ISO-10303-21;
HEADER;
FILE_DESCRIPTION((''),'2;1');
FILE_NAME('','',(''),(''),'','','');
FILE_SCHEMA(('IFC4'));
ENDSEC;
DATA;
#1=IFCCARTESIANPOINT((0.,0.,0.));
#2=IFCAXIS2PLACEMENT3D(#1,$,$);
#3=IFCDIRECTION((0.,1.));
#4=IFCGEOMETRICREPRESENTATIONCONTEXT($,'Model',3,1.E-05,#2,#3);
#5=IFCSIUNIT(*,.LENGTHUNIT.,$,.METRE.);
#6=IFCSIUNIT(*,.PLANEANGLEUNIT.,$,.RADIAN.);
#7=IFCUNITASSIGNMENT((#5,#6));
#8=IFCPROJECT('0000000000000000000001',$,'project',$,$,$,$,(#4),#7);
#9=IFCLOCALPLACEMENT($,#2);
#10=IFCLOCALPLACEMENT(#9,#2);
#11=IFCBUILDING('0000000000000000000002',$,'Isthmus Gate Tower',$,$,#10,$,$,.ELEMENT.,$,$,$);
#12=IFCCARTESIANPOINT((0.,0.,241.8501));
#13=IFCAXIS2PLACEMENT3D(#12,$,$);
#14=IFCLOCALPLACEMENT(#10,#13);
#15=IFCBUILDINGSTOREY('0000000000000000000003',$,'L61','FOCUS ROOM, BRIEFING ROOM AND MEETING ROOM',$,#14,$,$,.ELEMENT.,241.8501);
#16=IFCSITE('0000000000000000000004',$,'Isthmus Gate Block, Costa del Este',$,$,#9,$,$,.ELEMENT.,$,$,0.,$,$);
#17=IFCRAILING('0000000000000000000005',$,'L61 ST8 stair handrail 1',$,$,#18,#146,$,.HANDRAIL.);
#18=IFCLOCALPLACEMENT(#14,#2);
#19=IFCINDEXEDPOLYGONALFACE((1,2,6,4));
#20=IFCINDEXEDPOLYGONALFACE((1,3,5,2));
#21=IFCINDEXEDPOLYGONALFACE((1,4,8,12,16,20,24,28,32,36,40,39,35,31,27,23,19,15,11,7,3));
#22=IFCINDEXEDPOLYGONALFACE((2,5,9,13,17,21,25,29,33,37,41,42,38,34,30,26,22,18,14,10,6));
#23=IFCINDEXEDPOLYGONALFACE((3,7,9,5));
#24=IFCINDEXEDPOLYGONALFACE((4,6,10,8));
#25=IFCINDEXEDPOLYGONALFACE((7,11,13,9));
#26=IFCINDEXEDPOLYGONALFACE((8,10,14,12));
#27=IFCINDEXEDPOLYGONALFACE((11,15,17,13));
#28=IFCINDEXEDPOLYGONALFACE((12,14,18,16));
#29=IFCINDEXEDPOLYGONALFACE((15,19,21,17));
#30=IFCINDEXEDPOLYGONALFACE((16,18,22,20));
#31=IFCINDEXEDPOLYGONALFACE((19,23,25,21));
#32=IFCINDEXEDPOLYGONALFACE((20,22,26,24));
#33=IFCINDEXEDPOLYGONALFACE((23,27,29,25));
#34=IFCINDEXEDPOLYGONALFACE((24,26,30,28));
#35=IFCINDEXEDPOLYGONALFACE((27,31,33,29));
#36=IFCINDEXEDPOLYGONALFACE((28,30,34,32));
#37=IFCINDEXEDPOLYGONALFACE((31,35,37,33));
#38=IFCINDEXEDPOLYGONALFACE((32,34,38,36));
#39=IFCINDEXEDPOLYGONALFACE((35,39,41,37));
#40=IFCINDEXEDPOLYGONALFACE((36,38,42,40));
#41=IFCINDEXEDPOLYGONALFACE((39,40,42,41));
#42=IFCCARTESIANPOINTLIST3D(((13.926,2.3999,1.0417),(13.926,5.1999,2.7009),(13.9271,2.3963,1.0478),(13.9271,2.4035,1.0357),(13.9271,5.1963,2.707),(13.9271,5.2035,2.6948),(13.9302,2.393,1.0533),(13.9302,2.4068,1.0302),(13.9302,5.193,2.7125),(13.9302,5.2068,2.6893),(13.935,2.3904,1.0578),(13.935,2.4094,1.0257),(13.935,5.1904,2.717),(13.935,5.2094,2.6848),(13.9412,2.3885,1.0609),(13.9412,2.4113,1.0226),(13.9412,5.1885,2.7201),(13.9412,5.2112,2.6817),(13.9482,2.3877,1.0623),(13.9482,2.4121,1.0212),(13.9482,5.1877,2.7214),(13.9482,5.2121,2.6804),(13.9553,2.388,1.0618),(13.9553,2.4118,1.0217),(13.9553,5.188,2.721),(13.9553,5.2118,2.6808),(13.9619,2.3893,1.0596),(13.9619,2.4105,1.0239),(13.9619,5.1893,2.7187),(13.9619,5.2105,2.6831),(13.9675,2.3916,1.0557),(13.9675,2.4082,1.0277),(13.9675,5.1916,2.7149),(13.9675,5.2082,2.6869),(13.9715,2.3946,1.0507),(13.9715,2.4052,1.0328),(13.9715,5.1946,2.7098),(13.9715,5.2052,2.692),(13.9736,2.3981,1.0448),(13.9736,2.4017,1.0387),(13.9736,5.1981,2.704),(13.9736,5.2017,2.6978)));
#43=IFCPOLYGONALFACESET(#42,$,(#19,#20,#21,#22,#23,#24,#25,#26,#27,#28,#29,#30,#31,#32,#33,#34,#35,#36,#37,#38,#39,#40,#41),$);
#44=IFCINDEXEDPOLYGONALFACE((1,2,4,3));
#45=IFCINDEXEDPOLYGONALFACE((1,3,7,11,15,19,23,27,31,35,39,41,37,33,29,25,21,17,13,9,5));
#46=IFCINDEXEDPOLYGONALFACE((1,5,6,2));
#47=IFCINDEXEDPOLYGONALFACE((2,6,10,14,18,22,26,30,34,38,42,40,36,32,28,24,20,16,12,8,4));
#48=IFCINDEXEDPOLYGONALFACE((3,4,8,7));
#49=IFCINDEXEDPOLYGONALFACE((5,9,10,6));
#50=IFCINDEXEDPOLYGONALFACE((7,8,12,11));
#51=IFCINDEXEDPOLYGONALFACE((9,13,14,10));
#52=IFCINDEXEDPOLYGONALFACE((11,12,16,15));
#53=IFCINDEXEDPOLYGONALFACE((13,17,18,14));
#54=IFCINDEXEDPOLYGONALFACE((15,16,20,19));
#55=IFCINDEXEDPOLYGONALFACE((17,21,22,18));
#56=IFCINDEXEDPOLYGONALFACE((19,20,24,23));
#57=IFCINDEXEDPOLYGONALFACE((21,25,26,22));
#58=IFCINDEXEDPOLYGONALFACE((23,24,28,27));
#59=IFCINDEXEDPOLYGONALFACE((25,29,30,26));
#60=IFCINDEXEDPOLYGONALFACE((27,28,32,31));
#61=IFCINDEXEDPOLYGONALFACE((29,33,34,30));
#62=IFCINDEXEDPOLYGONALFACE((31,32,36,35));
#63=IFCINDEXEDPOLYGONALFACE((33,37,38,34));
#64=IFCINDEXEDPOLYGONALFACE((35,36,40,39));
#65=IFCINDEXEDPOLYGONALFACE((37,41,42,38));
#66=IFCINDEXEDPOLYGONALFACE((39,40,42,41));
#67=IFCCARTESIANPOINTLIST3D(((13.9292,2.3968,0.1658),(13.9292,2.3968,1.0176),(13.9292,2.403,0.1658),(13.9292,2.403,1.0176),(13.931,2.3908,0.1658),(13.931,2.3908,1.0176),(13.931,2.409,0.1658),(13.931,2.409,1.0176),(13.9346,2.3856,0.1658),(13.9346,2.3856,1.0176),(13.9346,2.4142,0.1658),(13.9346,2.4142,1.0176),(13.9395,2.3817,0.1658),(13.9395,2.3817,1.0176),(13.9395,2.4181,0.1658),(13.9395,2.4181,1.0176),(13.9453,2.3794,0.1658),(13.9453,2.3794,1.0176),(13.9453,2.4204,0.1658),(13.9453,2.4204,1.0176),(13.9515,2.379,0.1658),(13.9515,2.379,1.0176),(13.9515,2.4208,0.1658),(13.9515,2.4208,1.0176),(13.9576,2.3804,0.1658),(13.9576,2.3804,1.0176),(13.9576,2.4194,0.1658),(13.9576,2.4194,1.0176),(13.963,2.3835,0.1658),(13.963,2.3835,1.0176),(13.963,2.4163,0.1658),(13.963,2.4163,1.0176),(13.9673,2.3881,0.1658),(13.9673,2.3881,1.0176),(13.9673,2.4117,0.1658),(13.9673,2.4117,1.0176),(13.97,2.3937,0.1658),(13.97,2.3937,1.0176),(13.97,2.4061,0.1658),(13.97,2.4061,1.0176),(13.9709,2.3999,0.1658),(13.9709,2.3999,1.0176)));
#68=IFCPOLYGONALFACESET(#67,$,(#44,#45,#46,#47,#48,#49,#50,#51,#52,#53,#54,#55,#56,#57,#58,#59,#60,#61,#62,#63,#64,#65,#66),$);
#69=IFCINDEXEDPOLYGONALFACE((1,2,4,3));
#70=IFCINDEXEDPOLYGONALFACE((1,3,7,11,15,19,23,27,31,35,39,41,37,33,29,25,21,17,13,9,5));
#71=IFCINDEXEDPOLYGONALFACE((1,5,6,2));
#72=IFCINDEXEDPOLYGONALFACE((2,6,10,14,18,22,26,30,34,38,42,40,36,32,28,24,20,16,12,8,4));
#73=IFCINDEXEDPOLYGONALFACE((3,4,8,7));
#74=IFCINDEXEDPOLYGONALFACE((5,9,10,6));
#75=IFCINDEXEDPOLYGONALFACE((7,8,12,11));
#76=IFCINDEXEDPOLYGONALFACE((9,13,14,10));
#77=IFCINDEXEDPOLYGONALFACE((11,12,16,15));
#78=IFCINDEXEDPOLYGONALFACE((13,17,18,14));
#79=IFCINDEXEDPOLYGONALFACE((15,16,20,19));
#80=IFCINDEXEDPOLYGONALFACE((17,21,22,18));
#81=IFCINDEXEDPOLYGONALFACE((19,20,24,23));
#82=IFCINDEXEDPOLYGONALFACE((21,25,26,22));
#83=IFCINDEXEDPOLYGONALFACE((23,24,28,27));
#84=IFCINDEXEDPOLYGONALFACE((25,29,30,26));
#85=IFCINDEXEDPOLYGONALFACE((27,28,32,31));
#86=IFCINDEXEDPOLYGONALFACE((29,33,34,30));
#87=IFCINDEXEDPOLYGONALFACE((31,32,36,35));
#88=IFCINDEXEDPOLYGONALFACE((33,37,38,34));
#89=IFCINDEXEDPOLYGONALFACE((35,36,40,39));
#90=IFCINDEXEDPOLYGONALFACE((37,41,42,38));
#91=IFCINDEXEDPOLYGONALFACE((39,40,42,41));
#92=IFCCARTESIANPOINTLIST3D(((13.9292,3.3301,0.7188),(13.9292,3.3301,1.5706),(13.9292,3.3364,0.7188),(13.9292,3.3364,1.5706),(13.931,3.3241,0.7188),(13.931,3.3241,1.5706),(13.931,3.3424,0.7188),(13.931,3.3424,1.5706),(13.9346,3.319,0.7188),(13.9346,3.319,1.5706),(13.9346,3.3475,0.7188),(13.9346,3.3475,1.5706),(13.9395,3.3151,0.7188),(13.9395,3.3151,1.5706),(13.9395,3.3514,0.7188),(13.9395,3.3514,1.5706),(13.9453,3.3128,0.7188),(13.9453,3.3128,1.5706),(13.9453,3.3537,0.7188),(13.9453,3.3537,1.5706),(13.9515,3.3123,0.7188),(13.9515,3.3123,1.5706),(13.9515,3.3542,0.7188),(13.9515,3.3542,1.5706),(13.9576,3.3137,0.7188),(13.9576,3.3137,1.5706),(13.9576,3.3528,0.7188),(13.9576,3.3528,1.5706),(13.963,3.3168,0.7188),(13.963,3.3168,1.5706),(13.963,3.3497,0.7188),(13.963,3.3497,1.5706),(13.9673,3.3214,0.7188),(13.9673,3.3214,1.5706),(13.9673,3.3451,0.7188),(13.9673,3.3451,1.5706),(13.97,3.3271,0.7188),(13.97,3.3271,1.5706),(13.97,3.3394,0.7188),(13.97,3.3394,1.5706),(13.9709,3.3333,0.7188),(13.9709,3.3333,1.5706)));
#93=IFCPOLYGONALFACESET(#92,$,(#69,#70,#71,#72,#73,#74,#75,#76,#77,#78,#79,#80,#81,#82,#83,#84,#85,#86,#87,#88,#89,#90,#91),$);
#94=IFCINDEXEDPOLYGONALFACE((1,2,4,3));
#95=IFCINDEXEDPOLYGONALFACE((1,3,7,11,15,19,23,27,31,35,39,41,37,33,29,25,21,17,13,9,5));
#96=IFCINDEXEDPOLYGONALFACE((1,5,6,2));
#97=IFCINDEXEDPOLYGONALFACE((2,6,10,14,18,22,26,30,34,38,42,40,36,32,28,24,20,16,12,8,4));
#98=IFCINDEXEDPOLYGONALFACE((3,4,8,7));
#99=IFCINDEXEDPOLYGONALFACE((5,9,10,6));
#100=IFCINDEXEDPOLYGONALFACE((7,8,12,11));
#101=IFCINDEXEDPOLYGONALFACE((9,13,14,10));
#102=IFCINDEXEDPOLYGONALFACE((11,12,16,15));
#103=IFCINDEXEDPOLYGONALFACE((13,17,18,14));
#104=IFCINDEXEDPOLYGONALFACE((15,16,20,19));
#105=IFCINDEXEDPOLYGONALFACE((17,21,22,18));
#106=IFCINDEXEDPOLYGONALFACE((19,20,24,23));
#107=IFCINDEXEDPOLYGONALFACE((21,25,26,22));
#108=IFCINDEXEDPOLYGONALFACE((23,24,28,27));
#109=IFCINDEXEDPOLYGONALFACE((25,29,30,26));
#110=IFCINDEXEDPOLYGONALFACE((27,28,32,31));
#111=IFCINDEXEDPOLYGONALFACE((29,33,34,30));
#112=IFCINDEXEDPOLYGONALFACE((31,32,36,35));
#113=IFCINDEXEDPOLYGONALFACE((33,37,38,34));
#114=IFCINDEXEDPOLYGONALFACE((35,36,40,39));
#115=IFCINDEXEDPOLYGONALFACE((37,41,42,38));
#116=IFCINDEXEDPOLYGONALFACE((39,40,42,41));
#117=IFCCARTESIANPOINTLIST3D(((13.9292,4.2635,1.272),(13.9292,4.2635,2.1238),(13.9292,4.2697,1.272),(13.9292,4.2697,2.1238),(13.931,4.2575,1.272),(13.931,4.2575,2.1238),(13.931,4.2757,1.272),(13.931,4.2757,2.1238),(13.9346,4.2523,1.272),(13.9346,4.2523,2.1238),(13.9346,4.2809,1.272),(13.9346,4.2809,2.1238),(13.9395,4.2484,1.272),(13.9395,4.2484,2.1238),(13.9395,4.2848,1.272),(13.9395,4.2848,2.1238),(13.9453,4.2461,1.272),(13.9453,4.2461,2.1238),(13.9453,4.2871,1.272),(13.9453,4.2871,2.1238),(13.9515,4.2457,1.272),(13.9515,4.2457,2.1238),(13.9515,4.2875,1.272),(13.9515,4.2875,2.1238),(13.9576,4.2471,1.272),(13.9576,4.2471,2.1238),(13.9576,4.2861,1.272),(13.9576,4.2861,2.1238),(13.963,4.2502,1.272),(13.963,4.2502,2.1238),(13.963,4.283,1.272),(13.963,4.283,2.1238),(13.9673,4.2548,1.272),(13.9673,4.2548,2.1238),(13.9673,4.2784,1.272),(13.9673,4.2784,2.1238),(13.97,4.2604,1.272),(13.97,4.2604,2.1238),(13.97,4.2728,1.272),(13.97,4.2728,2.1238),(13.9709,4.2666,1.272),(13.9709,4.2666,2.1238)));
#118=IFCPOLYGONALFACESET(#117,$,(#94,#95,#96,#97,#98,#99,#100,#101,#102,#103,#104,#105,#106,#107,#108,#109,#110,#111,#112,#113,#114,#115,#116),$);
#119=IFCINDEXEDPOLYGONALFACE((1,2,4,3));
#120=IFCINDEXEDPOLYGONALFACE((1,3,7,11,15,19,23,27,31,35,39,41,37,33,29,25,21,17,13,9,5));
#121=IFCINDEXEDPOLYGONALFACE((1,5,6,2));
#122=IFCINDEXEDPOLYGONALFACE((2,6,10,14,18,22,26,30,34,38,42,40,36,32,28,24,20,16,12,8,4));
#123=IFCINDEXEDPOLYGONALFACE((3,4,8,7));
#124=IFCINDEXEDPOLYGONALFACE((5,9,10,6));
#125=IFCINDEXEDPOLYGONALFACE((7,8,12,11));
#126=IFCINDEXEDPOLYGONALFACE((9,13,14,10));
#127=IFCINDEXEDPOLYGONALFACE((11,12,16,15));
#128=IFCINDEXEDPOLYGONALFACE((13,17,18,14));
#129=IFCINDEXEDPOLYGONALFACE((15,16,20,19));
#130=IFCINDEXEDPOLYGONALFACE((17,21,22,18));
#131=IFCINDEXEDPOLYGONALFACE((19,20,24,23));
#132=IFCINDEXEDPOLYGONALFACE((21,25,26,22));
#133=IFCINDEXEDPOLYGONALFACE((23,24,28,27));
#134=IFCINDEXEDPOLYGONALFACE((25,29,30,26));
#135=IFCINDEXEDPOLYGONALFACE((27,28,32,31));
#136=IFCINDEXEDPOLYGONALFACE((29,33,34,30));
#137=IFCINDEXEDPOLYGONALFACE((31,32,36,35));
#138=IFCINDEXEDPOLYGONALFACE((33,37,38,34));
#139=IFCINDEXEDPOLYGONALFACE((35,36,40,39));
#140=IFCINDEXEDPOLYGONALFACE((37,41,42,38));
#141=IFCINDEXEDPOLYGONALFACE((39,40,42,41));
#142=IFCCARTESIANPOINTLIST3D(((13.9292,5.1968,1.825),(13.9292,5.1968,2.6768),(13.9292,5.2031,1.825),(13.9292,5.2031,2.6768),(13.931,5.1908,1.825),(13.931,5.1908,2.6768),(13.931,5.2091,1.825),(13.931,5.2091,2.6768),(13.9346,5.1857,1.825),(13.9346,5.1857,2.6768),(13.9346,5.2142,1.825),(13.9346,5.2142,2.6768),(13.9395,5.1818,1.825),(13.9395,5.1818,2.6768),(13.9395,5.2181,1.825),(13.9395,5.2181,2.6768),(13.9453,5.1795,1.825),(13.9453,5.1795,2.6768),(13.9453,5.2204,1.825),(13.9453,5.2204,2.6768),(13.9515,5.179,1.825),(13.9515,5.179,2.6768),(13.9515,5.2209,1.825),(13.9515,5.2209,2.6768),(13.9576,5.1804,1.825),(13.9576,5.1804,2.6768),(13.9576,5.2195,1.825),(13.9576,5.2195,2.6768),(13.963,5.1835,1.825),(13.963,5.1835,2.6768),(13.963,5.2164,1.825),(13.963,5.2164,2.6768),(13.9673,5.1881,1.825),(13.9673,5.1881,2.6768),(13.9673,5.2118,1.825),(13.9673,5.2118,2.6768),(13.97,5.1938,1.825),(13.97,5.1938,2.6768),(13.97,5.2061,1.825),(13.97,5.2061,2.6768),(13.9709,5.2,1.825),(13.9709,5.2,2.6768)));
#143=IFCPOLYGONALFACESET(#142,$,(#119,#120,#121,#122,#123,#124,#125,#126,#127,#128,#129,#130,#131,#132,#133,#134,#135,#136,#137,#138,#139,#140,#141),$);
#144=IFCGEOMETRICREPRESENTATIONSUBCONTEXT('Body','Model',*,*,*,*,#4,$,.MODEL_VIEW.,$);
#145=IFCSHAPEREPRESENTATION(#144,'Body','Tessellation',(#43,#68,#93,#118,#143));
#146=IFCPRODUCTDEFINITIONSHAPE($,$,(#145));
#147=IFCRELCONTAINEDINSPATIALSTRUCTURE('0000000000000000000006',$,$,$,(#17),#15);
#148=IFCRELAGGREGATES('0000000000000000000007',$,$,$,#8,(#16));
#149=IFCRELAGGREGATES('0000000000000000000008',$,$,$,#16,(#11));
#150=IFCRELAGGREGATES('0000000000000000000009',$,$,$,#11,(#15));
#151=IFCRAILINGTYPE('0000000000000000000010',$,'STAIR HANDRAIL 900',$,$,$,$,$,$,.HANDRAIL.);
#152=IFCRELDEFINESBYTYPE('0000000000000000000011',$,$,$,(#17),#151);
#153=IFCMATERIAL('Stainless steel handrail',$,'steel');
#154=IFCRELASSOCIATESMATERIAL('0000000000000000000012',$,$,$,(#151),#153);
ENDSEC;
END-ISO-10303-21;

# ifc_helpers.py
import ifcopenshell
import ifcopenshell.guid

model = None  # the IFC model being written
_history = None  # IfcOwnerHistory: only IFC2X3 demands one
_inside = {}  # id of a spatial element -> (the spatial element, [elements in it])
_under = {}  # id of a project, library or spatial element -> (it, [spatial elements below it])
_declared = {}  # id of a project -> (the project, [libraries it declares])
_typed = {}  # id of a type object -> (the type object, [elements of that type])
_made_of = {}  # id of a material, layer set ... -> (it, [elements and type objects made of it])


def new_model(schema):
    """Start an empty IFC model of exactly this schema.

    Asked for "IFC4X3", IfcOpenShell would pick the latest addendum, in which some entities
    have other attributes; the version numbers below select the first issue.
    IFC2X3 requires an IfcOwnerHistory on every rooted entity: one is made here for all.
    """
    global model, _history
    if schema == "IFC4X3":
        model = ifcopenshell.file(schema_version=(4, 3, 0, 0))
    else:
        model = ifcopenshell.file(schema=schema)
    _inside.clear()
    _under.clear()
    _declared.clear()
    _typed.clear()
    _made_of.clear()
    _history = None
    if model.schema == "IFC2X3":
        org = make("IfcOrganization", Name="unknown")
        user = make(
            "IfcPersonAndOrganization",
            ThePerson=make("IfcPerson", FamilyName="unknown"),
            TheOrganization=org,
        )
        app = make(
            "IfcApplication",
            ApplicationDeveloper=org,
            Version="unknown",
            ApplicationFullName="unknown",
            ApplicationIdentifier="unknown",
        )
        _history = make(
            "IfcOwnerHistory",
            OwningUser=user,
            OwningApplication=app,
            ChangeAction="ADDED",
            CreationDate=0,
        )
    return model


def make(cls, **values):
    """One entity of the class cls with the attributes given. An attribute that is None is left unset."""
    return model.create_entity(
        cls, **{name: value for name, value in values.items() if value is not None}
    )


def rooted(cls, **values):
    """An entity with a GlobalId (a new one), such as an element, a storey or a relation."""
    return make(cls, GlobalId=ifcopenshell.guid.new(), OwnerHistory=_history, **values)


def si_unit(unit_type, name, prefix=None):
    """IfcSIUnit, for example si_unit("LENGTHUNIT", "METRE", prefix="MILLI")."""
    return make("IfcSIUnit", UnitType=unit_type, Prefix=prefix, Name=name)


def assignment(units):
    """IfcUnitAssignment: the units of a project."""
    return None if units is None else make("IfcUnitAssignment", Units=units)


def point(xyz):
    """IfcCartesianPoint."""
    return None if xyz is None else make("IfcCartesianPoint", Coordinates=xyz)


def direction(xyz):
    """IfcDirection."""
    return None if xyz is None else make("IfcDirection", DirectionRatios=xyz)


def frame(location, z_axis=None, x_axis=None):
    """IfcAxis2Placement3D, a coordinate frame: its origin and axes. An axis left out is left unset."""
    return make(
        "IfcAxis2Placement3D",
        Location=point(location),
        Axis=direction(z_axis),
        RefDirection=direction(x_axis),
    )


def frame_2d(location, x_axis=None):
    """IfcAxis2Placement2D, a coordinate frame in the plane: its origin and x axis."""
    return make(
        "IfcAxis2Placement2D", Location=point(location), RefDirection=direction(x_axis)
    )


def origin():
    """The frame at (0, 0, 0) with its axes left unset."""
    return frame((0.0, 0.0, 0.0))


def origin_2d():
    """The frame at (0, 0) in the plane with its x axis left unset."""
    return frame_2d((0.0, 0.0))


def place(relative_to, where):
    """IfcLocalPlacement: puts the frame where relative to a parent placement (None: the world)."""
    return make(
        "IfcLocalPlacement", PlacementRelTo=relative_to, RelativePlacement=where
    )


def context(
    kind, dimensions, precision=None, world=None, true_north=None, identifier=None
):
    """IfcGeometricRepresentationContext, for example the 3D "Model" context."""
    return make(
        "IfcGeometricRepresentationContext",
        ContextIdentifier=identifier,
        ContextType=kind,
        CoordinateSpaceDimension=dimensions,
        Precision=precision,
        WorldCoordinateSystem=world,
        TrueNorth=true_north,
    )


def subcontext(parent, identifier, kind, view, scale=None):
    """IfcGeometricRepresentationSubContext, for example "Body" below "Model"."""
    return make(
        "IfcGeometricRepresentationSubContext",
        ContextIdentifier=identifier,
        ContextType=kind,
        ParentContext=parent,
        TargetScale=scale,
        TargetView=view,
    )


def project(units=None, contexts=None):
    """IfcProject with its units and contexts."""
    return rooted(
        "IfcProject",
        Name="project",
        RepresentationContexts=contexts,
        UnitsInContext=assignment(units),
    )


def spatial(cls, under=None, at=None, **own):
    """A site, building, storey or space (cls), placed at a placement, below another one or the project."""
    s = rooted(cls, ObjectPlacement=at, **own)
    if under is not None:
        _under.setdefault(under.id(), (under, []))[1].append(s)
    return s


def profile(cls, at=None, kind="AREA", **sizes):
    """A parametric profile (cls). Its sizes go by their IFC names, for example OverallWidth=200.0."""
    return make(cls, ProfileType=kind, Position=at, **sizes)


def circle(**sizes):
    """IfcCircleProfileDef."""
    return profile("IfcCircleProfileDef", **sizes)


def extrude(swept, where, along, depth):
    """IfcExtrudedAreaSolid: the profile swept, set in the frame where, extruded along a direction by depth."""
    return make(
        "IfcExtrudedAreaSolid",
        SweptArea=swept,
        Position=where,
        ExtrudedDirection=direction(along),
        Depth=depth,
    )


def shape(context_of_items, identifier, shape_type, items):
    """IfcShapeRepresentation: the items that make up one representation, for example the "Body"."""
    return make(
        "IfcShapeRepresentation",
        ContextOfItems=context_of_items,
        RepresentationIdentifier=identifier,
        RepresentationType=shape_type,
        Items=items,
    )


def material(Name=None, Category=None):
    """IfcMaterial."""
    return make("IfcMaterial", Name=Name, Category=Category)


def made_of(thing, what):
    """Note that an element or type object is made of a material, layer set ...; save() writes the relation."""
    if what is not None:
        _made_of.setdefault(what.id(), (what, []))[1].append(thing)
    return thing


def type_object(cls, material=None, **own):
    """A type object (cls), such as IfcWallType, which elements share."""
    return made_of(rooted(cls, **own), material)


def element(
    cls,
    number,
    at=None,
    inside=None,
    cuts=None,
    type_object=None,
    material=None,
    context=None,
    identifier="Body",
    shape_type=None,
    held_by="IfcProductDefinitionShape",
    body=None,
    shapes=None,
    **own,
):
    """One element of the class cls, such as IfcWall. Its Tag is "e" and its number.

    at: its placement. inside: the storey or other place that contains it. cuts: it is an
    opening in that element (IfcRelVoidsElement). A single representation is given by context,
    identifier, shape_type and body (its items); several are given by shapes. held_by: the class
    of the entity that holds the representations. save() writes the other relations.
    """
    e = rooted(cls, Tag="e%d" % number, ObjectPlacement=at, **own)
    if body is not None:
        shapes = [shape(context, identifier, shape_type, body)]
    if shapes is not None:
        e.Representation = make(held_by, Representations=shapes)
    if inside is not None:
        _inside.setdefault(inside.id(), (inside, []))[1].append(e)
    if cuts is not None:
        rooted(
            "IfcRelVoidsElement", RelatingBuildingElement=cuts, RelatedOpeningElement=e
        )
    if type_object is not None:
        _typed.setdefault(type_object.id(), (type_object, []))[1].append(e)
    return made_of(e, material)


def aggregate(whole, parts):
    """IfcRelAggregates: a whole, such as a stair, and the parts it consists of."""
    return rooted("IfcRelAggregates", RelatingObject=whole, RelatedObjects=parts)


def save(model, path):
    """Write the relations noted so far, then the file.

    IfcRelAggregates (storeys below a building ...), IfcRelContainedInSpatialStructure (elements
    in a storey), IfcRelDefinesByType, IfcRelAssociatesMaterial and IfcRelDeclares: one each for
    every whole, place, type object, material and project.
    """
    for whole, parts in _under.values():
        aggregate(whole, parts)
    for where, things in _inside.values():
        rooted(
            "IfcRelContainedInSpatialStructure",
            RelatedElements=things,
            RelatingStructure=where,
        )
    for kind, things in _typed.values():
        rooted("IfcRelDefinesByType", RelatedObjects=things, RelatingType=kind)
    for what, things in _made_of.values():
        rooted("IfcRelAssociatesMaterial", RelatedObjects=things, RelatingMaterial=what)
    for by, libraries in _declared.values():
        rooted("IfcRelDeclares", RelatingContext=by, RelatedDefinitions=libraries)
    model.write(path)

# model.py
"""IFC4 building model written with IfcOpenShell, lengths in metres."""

from ifc_helpers import new_model, si_unit, direction, frame, origin, origin_2d, place, context, subcontext, project, spatial, circle, extrude, material, type_object, element, save


model = new_model("IFC4")

# Units and contexts
model_context = context("Model", 3, precision=1e-05, world=origin(), true_north=direction((0.0, 1.0)))
body_context = subcontext(model_context, "Body", "Model", "MODEL_VIEW")
ifc_project = project(units=[si_unit("LENGTHUNIT", "METRE"), si_unit("PLANEANGLEUNIT", "RADIAN")], contexts=[model_context])

# Site, building, storey
site_placement = place(None, origin())
site = spatial("IfcSite", under=ifc_project, at=site_placement, Name="Isthmus Gate Block, Costa del Este", CompositionType="ELEMENT", RefElevation=0.0)
building_placement = place(site_placement, origin())
building = spatial("IfcBuilding", under=site, at=building_placement, Name="Isthmus Gate Tower", CompositionType="ELEMENT")
storey_placement = place(building_placement, frame((0.0, 0.0, 241.8501)))
storey = spatial("IfcBuildingStorey", under=building, at=storey_placement, Name="L61", Description="FOCUS ROOM, BRIEFING ROOM AND MEETING ROOM", CompositionType="ELEMENT", Elevation=241.8501)

# Railing
ifc_material_1 = material(Name="Stainless steel handrail", Category="steel")
railing_type_1 = type_object("IfcRailingType", Name="STAIR HANDRAIL 900", PredefinedType="HANDRAIL", material=ifc_material_1)
for number, where, name in (
    (1, (13.95, 2.3999, 0.1658), "L61 ST8 stair handrail 1"),
):
    element("IfcRailing", number, at=place(storey_placement, frame(where)), inside=storey, type_object=railing_type_1, Name=name, PredefinedType="HANDRAIL", context=body_context, shape_type="SweptSolid", body=[
        extrude(circle(Radius=0.0239, at=origin_2d()), frame((0.0, 0.0, 0.876), z_axis=(0.0, 0.860306, 0.509778), x_axis=(-1.0, 0.0, 0.0)), (0.0, 0.0, 1.0), 3.2546),
        extrude(circle(Radius=0.021, at=origin_2d()), origin(), (0.0, 0.0, 1.0), 0.8518),
        extrude(circle(Radius=0.021, at=origin_2d()), frame((0.0, 0.9333, 0.553)), (0.0, 0.0, 1.0), 0.8518),
        extrude(circle(Radius=0.021, at=origin_2d()), frame((0.0, 1.8667, 1.1062)), (0.0, 0.0, 1.0), 0.8518),
        extrude(circle(Radius=0.021, at=origin_2d()), frame((0.0, 2.8, 1.6592)), (0.0, 0.0, 1.0), 0.8518),
    ])

save(model, "model.ifc")
